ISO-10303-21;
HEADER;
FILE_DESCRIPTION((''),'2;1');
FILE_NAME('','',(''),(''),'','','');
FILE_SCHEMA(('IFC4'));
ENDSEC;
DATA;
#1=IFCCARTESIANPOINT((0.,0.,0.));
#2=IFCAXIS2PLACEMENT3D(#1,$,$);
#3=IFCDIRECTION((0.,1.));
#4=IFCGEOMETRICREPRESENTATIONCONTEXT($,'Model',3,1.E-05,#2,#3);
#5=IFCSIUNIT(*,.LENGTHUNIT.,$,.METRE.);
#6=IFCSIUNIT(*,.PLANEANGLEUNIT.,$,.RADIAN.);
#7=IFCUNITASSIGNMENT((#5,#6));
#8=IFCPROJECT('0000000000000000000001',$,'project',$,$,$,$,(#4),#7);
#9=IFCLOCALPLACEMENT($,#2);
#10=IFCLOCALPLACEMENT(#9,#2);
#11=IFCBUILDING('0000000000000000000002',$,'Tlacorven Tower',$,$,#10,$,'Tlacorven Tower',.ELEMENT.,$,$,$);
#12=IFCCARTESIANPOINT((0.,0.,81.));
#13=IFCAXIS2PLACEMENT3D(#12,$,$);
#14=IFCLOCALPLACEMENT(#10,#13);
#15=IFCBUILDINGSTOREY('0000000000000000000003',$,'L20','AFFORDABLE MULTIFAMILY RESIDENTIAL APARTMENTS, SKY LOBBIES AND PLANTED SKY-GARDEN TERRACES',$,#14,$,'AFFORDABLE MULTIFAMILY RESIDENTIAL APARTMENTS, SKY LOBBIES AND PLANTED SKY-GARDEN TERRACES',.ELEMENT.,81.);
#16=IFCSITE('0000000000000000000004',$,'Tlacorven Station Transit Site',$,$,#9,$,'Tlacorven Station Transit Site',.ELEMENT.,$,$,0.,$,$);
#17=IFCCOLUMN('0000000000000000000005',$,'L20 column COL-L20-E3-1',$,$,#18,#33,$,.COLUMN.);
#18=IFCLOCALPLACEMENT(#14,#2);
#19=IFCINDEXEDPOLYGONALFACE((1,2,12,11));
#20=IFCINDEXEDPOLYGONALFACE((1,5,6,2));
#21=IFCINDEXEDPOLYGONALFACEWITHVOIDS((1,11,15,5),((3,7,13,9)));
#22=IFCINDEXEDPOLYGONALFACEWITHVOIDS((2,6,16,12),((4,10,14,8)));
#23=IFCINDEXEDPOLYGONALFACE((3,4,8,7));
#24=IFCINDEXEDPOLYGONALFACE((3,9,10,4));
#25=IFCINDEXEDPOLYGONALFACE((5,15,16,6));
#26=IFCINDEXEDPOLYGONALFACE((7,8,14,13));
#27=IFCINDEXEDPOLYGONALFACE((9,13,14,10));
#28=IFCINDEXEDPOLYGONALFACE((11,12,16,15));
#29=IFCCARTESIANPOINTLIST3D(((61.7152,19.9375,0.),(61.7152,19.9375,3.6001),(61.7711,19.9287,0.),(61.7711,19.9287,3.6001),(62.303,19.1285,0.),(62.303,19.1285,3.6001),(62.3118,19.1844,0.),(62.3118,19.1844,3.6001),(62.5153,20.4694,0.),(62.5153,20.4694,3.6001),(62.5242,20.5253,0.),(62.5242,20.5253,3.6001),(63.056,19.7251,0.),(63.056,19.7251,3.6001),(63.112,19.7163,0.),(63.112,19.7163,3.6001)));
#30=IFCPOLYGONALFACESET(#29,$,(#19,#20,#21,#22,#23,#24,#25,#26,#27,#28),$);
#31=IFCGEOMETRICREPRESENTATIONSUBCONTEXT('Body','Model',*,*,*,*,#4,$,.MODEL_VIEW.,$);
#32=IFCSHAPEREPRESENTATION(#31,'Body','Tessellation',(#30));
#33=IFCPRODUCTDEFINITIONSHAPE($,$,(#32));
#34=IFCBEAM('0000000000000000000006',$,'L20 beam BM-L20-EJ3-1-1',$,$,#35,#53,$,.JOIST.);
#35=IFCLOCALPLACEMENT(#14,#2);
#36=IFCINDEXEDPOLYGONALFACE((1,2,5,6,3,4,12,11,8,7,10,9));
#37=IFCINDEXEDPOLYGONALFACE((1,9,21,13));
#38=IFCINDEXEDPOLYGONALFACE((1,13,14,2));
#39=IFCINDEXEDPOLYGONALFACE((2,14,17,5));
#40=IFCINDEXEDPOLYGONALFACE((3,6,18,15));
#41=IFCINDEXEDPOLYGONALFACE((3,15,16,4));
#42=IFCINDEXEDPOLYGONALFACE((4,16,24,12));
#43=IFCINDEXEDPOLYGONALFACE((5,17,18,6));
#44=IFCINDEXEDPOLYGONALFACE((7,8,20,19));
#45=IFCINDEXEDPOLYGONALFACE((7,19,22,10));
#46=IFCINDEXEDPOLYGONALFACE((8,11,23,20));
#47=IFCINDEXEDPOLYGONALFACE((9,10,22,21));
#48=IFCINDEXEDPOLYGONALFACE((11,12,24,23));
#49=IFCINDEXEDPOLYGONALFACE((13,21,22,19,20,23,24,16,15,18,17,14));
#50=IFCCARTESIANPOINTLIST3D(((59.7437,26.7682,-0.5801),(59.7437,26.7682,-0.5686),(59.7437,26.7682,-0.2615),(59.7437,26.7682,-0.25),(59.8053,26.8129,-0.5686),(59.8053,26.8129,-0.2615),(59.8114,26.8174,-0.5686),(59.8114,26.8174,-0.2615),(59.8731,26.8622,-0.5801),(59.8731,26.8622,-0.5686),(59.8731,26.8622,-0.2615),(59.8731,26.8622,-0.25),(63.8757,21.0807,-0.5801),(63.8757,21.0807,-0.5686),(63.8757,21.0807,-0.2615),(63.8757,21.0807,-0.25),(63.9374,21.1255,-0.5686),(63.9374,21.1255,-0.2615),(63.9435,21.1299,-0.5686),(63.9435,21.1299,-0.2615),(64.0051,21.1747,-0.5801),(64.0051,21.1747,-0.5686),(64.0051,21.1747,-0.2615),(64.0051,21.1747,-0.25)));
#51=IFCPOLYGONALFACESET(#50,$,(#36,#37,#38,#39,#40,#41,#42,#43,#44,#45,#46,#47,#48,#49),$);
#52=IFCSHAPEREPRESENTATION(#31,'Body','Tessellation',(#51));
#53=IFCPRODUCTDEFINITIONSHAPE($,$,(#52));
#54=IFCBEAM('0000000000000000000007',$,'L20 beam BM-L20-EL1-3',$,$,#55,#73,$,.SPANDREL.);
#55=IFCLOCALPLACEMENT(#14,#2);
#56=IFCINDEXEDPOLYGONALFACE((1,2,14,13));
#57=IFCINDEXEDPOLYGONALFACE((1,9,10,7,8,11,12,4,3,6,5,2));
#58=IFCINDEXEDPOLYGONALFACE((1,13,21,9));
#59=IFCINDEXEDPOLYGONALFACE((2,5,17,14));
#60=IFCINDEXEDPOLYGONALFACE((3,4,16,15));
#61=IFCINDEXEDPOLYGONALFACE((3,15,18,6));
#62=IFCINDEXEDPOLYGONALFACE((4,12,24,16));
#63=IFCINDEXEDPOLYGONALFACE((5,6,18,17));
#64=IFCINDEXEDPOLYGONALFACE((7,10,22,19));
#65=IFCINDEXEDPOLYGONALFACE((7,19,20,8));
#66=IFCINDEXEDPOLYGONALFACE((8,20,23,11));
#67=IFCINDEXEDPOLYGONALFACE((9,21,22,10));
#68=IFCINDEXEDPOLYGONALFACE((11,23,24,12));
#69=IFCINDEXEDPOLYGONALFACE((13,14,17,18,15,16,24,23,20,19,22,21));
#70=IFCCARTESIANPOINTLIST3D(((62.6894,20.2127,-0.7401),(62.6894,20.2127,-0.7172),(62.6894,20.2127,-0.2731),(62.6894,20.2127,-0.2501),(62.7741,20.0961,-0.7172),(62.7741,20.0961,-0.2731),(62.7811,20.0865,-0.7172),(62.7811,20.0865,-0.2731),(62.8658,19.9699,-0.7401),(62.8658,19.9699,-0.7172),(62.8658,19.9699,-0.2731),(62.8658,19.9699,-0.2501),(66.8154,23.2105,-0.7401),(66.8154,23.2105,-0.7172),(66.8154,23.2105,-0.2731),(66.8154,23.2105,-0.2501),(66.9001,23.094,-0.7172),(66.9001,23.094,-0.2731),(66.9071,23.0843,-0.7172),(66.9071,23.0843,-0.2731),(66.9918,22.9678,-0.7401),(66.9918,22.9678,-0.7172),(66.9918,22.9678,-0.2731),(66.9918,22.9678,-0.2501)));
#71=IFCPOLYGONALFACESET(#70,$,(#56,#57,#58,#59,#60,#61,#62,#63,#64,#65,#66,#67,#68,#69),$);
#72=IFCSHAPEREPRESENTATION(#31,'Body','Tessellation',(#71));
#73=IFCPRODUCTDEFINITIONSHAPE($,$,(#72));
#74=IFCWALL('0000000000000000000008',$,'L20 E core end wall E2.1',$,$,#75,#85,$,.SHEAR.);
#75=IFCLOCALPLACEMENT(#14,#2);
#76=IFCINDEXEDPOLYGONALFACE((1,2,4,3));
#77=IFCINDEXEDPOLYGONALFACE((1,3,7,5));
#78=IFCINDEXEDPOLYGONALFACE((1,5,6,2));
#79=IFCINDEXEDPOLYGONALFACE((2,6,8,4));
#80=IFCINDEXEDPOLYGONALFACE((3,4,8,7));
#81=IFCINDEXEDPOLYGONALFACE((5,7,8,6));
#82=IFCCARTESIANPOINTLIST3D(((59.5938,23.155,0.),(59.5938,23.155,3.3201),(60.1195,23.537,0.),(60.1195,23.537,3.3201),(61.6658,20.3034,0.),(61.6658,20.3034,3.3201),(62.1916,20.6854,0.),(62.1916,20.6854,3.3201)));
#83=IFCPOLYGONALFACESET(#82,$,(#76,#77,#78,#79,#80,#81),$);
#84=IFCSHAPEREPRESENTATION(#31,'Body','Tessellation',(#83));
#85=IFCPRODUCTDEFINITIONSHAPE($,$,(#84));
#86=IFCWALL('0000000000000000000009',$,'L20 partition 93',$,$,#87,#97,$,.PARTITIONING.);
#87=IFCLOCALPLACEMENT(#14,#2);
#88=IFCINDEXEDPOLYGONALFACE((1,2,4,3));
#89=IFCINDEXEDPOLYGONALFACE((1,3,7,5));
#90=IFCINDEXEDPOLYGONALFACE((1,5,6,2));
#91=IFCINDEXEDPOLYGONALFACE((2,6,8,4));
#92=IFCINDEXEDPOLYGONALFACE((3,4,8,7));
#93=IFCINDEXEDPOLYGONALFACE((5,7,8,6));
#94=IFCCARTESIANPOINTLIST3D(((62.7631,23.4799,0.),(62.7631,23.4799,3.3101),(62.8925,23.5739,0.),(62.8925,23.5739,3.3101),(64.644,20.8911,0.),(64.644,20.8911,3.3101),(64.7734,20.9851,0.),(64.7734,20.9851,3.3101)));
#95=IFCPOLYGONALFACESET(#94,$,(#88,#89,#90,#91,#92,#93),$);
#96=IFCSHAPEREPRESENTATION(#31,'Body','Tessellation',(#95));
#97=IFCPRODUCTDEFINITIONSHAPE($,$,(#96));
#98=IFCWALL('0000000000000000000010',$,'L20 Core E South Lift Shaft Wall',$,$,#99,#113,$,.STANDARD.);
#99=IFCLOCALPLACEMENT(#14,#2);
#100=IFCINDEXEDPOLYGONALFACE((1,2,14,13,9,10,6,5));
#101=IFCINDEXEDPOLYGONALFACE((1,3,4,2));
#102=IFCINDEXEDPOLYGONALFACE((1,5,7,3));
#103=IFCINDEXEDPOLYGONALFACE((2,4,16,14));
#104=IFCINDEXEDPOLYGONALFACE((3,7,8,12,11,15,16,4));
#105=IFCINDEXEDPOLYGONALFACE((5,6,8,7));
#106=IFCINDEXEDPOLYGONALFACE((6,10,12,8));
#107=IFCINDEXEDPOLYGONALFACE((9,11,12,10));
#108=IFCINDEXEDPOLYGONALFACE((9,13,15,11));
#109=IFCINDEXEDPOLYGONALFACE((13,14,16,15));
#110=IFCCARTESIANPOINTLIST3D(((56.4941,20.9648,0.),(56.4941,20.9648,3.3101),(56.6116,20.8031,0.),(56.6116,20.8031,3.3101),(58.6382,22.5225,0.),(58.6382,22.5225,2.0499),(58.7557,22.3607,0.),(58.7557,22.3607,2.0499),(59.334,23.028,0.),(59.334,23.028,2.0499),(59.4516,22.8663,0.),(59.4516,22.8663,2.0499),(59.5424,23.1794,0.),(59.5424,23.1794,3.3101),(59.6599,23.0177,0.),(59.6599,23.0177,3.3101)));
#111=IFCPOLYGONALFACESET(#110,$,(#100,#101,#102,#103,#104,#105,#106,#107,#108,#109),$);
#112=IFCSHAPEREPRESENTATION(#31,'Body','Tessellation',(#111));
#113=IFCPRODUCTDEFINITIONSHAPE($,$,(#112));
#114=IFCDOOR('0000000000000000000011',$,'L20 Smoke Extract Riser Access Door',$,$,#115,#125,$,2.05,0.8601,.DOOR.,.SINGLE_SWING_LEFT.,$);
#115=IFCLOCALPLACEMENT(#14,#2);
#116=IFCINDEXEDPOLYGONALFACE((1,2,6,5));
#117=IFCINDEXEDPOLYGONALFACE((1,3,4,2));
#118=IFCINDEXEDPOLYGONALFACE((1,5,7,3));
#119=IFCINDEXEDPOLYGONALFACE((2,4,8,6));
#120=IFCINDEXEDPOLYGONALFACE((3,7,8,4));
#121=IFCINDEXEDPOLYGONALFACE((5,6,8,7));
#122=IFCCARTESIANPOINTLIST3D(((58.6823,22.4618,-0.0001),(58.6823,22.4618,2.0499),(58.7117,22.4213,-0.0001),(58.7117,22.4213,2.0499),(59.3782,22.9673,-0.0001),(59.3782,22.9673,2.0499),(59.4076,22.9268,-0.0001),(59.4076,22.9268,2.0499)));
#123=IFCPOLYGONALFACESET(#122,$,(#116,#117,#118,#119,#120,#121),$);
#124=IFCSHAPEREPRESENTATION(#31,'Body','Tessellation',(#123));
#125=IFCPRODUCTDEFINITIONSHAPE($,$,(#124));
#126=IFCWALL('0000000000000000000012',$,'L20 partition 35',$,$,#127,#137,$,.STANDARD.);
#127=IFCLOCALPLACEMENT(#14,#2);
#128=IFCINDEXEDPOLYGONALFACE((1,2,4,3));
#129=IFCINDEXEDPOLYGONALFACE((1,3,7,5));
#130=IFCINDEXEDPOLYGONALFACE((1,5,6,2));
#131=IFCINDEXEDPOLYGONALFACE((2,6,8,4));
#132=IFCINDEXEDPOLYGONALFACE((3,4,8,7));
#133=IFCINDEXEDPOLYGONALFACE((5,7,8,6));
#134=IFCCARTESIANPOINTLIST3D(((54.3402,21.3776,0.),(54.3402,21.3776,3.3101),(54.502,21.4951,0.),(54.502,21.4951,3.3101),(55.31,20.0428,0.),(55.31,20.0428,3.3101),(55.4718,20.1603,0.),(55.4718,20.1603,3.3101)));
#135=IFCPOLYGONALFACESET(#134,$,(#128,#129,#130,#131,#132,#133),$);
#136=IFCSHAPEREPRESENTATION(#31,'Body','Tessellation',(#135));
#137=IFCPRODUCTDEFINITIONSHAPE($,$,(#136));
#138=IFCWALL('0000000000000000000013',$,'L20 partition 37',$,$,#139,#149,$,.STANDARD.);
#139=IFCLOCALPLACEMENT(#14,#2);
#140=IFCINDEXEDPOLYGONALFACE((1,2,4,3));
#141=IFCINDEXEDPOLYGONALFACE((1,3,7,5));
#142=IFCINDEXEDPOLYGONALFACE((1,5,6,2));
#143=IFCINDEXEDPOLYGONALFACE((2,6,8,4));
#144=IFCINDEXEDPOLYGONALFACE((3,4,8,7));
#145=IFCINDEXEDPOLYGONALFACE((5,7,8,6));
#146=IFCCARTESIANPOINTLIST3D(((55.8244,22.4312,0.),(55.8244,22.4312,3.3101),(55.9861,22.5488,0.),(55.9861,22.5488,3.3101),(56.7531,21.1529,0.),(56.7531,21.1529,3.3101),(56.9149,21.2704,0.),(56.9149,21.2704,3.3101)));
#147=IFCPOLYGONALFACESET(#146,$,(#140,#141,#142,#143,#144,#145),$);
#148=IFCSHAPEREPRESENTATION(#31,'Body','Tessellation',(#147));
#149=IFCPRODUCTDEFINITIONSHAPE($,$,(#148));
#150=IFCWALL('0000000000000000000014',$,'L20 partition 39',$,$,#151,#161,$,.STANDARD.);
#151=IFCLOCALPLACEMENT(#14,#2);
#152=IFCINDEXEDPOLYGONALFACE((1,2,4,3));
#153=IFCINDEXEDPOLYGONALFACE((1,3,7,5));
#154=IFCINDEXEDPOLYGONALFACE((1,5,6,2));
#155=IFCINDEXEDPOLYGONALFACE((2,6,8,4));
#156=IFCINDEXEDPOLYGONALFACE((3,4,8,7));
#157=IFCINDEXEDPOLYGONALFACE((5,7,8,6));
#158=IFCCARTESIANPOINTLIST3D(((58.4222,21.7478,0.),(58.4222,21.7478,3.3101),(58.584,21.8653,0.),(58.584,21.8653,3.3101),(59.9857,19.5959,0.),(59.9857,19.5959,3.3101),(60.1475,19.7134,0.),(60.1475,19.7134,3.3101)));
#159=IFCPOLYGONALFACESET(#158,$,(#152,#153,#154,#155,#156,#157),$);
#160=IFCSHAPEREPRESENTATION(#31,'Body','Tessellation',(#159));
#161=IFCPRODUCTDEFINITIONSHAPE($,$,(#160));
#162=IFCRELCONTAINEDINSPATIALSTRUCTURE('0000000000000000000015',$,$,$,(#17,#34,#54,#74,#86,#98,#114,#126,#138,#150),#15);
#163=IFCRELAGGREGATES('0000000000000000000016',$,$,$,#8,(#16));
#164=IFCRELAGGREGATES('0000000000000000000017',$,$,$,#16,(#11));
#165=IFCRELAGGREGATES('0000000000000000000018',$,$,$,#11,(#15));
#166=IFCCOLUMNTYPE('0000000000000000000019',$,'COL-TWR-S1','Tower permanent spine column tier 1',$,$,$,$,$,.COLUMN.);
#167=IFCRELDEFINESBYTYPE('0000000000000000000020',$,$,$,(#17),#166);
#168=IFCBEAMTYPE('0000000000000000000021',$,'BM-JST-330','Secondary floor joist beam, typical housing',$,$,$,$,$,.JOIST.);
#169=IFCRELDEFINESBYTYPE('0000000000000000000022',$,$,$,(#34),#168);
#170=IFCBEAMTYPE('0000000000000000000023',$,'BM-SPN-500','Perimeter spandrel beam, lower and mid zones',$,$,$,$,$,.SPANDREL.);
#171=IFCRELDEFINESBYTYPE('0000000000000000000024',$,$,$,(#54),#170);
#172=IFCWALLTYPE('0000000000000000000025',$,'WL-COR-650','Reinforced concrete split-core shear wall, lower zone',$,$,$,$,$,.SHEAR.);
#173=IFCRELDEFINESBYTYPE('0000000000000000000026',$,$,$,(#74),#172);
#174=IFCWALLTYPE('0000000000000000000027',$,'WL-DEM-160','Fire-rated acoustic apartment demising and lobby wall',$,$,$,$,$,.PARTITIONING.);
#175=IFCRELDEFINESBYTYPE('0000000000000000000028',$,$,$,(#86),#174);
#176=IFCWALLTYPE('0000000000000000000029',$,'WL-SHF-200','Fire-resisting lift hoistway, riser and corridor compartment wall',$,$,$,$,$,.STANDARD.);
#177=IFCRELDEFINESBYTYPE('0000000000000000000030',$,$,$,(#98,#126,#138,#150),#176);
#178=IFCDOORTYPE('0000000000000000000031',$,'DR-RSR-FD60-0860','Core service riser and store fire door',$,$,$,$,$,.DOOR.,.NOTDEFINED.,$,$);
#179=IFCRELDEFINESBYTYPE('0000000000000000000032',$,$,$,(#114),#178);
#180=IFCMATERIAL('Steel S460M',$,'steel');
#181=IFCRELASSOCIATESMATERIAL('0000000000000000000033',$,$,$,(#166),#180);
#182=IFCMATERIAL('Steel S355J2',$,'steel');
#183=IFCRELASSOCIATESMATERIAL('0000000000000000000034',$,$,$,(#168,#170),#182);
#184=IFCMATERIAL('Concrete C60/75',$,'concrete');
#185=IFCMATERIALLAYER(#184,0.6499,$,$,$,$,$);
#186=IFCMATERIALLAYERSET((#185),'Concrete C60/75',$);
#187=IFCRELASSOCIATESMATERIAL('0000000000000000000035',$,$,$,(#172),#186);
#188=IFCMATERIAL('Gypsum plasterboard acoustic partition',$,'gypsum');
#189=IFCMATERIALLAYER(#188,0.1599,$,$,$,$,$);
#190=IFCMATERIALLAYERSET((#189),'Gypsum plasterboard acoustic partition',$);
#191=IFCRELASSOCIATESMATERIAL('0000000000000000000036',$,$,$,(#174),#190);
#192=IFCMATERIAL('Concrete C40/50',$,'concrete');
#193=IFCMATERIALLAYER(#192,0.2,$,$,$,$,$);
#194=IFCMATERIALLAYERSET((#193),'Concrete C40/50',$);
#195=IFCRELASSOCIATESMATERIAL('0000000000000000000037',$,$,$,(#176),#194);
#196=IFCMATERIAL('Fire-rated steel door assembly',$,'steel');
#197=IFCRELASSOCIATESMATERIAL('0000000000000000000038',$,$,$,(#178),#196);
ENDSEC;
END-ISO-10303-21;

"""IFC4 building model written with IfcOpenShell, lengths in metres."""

from ifc_helpers import new_model, si_unit, direction, frame, frame_2d, origin, origin_2d, place, context, subcontext, project, spatial, rectangle, hollow_rectangle, i_section, extrude, source, transform, mapped, material, layer, layer_set, material_profile, profile_set, type_object, element, fill, save


model = new_model("IFC4")

# Units and contexts
model_context = context("Model", 3, precision=1e-05, world=origin(), true_north=direction((0.0, 1.0)))
body_context = subcontext(model_context, "Body", "Model", "MODEL_VIEW")
ifc_project = project(units=[si_unit("LENGTHUNIT", "METRE"), si_unit("PLANEANGLEUNIT", "RADIAN")], contexts=[model_context])

# Site, building, storey
site_placement = place(None, origin())
site = spatial("IfcSite", under=ifc_project, at=site_placement, Name="Tlacorven Station Transit Site", LongName="Tlacorven Station Transit Site", CompositionType="ELEMENT", RefElevation=0.0)
building_placement = place(site_placement, origin())
building = spatial("IfcBuilding", under=site, at=building_placement, Name="Tlacorven Tower", LongName="Tlacorven Tower", CompositionType="ELEMENT")
storey_placement = place(building_placement, frame((0.0, 0.0, 81.0)))
storey = spatial("IfcBuildingStorey", under=building, at=storey_placement, Name="L20", Description="AFFORDABLE MULTIFAMILY RESIDENTIAL APARTMENTS, SKY LOBBIES AND PLANTED SKY-GARDEN TERRACES", LongName="AFFORDABLE MULTIFAMILY RESIDENTIAL APARTMENTS, SKY LOBBIES AND PLANTED SKY-GARDEN TERRACES", CompositionType="ELEMENT", Elevation=81.0)

# Column
ifc_material_1 = material(Name="Steel S460M", Category="steel")
ifc_material_profile_1 = material_profile(ifc_material_1, hollow_rectangle(XDim=1.0, YDim=1.0, WallThickness=0.04, at=origin_2d()), Name="BOX 1000X1000X40")
ifc_profile_set_1 = profile_set([ifc_material_profile_1], Name="Steel S460M")
column_type = type_object("IfcColumnType", Name="COL-TWR-S1", Description="Tower permanent spine column tier 1", PredefinedType="COLUMN", material=ifc_profile_set_1)
shared_shape_1 = source(origin(), body_context, "Body", "SweptSolid", [
    extrude(hollow_rectangle(XDim=1.0, YDim=1.0, WallThickness=0.04, at=origin_2d()), origin(), (0.0, 0.0, 1.0), 3.6001),
])
column_placement = place(storey_placement, frame((62.4136, 19.8269, 0.0), z_axis=(0.0, 0.0, 1.0), x_axis=(0.809017, 0.587785, 0.0)))
element("IfcColumn", 1, at=column_placement, inside=storey, type_object=column_type, Name="L20 column COL-L20-E3-1", PredefinedType="COLUMN", context=body_context, shape_type="MappedRepresentation", body=[
    mapped(shared_shape_1, transform((0.0, 0.0, 0.0), scale=1.0)),
])

# Beams
ifc_material_2 = material(Name="Steel S355J2", Category="steel")
ifc_material_profile_2 = material_profile(ifc_material_2, i_section(OverallWidth=0.1599, OverallDepth=0.3301, WebThickness=0.0076, FlangeThickness=0.0115, at=origin_2d()), Name="IPE 330")
ifc_profile_set_2 = profile_set([ifc_material_profile_2], Name="Steel S355J2")
beam_type_1 = type_object("IfcBeamType", Name="BM-JST-330", Description="Secondary floor joist beam, typical housing", PredefinedType="JOIST", material=ifc_profile_set_2)
shared_shape_2 = source(origin(), body_context, "Body", "SweptSolid", [
    extrude(i_section(OverallWidth=0.1599, OverallDepth=0.3301, WebThickness=0.0076, FlangeThickness=0.0115, at=origin_2d()), origin(), (0.0, 0.0, 1.0), 7.03),
])
beam_1_placement = place(storey_placement, frame((63.9404, 21.1277, -0.415), z_axis=(-0.587773, 0.809026, 0.0), x_axis=(-0.809026, -0.587773, 0.0)))
element("IfcBeam", 2, at=beam_1_placement, inside=storey, type_object=beam_type_1, Name="L20 beam BM-L20-EJ3-1-1", PredefinedType="JOIST", context=body_context, shape_type="MappedRepresentation", body=[
    mapped(shared_shape_2, transform((0.0, 0.0, 0.0), scale=1.0)),
])
ifc_material_profile_3 = material_profile(ifc_material_2, i_section(OverallWidth=0.3, OverallDepth=0.49, WebThickness=0.012, FlangeThickness=0.0229, at=origin_2d()), Name="HEA 500")
ifc_profile_set_3 = profile_set([ifc_material_profile_3], Name="Steel S355J2")
beam_type_2 = type_object("IfcBeamType", Name="BM-SPN-500", Description="Perimeter spandrel beam, lower and mid zones", PredefinedType="SPANDREL", material=ifc_profile_set_3)
shared_shape_3 = source(origin(), body_context, "Body", "SweptSolid", [
    extrude(i_section(OverallWidth=0.3, OverallDepth=0.49, WebThickness=0.012, FlangeThickness=0.0229, at=origin_2d()), origin(), (0.0, 0.0, 1.0), 5.1001),
])
beam_2_placement = place(storey_placement, frame((62.7776, 20.0913, -0.4951), z_axis=(0.809007, 0.587799, 0.0), x_axis=(-0.587799, 0.809007, 0.0)))
element("IfcBeam", 3, at=beam_2_placement, inside=storey, type_object=beam_type_2, Name="L20 beam BM-L20-EL1-3", PredefinedType="SPANDREL", context=body_context, shape_type="MappedRepresentation", body=[
    mapped(shared_shape_3, transform((0.0, 0.0, 0.0), scale=1.0)),
])

# Walls
ifc_material_3 = material(Name="Concrete C60/75", Category="concrete")
ifc_layer_1 = layer(ifc_material_3, 0.6499)
ifc_layer_set_1 = layer_set([ifc_layer_1], Name="Concrete C60/75")
wall_type_1 = type_object("IfcWallType", Name="WL-COR-650", Description="Reinforced concrete split-core shear wall, lower zone", PredefinedType="SHEAR", material=ifc_layer_set_1)
wall_1_placement = place(storey_placement, frame((61.9287, 20.4944, 0.0), z_axis=(0.0, 0.0, 1.0), x_axis=(-0.58783, 0.808985, 0.0)))
element("IfcWall", 4, at=wall_1_placement, inside=storey, type_object=wall_type_1, Name="L20 E core end wall E2.1", PredefinedType="SHEAR", context=body_context, shape_type="SweptSolid", body=[
    extrude(rectangle(XDim=3.5249, YDim=0.6499, at=frame_2d((1.7625, 0.0))), origin(), (0.0, 0.0, 1.0), 3.3201),
])
ifc_material_4 = material(Name="Gypsum plasterboard acoustic partition", Category="gypsum")
ifc_layer_2 = layer(ifc_material_4, 0.1599)
ifc_layer_set_2 = layer_set([ifc_layer_2], Name="Gypsum plasterboard acoustic partition")
wall_type_2 = type_object("IfcWallType", Name="WL-DEM-160", Description="Fire-rated acoustic apartment demising and lobby wall", PredefinedType="PARTITIONING", material=ifc_layer_set_2)
wall_2_placement = place(storey_placement, frame((64.7087, 20.938, 0.0), z_axis=(0.0, 0.0, 1.0), x_axis=(-0.587772, 0.809026, 0.0)))
element("IfcWall", 5, at=wall_2_placement, inside=storey, type_object=wall_type_2, Name="L20 partition 93", PredefinedType="PARTITIONING", context=body_context, shape_type="SweptSolid", body=[
    extrude(rectangle(XDim=3.2, YDim=0.1599, at=frame_2d((1.6001, 0.0))), origin(), (0.0, 0.0, 1.0), 3.3101),
])

# Wall, opening, door
ifc_material_5 = material(Name="Concrete C40/50", Category="concrete")
ifc_layer_3 = layer(ifc_material_5, 0.2)
ifc_layer_set_3 = layer_set([ifc_layer_3], Name="Concrete C40/50")
wall_type_3 = type_object("IfcWallType", Name="WL-SHF-200", Description="Fire-resisting lift hoistway, riser and corridor compartment wall", PredefinedType="STANDARD", material=ifc_layer_set_3)
wall_3_placement = place(storey_placement, frame((56.553, 20.884, 0.0), z_axis=(0.0, 0.0, 1.0), x_axis=(0.809036, 0.587759, 0.0)))
wall_3 = element("IfcWall", 6, at=wall_3_placement, inside=storey, type_object=wall_type_3, Name="L20 Core E South Lift Shaft Wall", PredefinedType="STANDARD", context=body_context, shape_type="SweptSolid", body=[
    extrude(rectangle(XDim=3.7678, YDim=0.2, at=frame_2d((1.8838, 0.0))), origin(), (0.0, 0.0, 1.0), 3.3101),
])
opening_1_placement = place(wall_3_placement, frame((2.6499, 0.0, 0.0)))
opening_1 = element("IfcOpeningElement", 7, at=opening_1_placement, cuts=wall_3, PredefinedType="OPENING", context=body_context, shape_type="SweptSolid", body=[
    extrude(rectangle(XDim=0.8601, YDim=2.05, at=frame_2d((0.4302, 1.0249))), frame((0.0, 0.1099, 0.0), z_axis=(0.0, -1.0, 0.0), x_axis=(1.0, 0.0, 0.0)), (0.0, 0.0, 1.0), 0.22),
])
ifc_material_6 = material(Name="Fire-rated steel door assembly", Category="steel")
door_type_1 = type_object("IfcDoorType", Name="DR-RSR-FD60-0860", Description="Core service riser and store fire door", OperationType="NOTDEFINED", PredefinedType="DOOR", material=ifc_material_6)
shared_shape_4 = source(origin(), body_context, "Body", "SweptSolid", [
    extrude(rectangle(XDim=0.8601, YDim=2.05, at=frame_2d((0.4302, 1.0249))), frame((0.0, 0.0249, 0.0), z_axis=(0.0, -1.0, 0.0), x_axis=(1.0, 0.0, 0.0)), (0.0, 0.0, 1.0), 0.05),
])
door_1_placement = place(opening_1_placement, origin())
door_1 = element("IfcDoor", 8, at=door_1_placement, inside=storey, type_object=door_type_1, Name="L20 Smoke Extract Riser Access Door", OperationType="SINGLE_SWING_LEFT", OverallHeight=2.05, OverallWidth=0.8601, PredefinedType="DOOR", context=body_context, shape_type="MappedRepresentation", body=[
    mapped(shared_shape_4, transform((0.0, 0.0, 0.0), scale=1.0)),
])
fill(opening_1, door_1)

# Walls
wall_4_placement = place(storey_placement, frame((55.3909, 20.1016, 0.0), z_axis=(0.0, 0.0, 1.0), x_axis=(-0.587784, 0.809018, 0.0)))
element("IfcWall", 9, at=wall_4_placement, inside=storey, type_object=wall_type_3, Name="L20 partition 35", PredefinedType="STANDARD", context=body_context, shape_type="SweptSolid", body=[
    extrude(rectangle(XDim=1.6499, YDim=0.2, at=frame_2d((0.825, 0.0))), origin(), (0.0, 0.0, 1.0), 3.3101),
])
wall_5_placement = place(storey_placement, frame((56.834, 21.2117, 0.0), z_axis=(0.0, 0.0, 1.0), x_axis=(-0.587767, 0.80903, 0.0)))
element("IfcWall", 10, at=wall_5_placement, inside=storey, type_object=wall_type_3, Name="L20 partition 37", PredefinedType="STANDARD", context=body_context, shape_type="SweptSolid", body=[
    extrude(rectangle(XDim=1.5801, YDim=0.2, at=frame_2d((0.79, 0.0))), origin(), (0.0, 0.0, 1.0), 3.3101),
])
wall_6_placement = place(storey_placement, frame((60.0667, 19.6545, 0.0), z_axis=(0.0, 0.0, 1.0), x_axis=(-0.587801, 0.809006, 0.0)))
element("IfcWall", 11, at=wall_6_placement, inside=storey, type_object=wall_type_3, Name="L20 partition 39", PredefinedType="STANDARD", context=body_context, shape_type="SweptSolid", body=[
    extrude(rectangle(XDim=2.6599, YDim=0.2, at=frame_2d((1.3301, 0.0))), origin(), (0.0, 0.0, 1.0), 3.3101),
])

save(model, "model.ifc")
